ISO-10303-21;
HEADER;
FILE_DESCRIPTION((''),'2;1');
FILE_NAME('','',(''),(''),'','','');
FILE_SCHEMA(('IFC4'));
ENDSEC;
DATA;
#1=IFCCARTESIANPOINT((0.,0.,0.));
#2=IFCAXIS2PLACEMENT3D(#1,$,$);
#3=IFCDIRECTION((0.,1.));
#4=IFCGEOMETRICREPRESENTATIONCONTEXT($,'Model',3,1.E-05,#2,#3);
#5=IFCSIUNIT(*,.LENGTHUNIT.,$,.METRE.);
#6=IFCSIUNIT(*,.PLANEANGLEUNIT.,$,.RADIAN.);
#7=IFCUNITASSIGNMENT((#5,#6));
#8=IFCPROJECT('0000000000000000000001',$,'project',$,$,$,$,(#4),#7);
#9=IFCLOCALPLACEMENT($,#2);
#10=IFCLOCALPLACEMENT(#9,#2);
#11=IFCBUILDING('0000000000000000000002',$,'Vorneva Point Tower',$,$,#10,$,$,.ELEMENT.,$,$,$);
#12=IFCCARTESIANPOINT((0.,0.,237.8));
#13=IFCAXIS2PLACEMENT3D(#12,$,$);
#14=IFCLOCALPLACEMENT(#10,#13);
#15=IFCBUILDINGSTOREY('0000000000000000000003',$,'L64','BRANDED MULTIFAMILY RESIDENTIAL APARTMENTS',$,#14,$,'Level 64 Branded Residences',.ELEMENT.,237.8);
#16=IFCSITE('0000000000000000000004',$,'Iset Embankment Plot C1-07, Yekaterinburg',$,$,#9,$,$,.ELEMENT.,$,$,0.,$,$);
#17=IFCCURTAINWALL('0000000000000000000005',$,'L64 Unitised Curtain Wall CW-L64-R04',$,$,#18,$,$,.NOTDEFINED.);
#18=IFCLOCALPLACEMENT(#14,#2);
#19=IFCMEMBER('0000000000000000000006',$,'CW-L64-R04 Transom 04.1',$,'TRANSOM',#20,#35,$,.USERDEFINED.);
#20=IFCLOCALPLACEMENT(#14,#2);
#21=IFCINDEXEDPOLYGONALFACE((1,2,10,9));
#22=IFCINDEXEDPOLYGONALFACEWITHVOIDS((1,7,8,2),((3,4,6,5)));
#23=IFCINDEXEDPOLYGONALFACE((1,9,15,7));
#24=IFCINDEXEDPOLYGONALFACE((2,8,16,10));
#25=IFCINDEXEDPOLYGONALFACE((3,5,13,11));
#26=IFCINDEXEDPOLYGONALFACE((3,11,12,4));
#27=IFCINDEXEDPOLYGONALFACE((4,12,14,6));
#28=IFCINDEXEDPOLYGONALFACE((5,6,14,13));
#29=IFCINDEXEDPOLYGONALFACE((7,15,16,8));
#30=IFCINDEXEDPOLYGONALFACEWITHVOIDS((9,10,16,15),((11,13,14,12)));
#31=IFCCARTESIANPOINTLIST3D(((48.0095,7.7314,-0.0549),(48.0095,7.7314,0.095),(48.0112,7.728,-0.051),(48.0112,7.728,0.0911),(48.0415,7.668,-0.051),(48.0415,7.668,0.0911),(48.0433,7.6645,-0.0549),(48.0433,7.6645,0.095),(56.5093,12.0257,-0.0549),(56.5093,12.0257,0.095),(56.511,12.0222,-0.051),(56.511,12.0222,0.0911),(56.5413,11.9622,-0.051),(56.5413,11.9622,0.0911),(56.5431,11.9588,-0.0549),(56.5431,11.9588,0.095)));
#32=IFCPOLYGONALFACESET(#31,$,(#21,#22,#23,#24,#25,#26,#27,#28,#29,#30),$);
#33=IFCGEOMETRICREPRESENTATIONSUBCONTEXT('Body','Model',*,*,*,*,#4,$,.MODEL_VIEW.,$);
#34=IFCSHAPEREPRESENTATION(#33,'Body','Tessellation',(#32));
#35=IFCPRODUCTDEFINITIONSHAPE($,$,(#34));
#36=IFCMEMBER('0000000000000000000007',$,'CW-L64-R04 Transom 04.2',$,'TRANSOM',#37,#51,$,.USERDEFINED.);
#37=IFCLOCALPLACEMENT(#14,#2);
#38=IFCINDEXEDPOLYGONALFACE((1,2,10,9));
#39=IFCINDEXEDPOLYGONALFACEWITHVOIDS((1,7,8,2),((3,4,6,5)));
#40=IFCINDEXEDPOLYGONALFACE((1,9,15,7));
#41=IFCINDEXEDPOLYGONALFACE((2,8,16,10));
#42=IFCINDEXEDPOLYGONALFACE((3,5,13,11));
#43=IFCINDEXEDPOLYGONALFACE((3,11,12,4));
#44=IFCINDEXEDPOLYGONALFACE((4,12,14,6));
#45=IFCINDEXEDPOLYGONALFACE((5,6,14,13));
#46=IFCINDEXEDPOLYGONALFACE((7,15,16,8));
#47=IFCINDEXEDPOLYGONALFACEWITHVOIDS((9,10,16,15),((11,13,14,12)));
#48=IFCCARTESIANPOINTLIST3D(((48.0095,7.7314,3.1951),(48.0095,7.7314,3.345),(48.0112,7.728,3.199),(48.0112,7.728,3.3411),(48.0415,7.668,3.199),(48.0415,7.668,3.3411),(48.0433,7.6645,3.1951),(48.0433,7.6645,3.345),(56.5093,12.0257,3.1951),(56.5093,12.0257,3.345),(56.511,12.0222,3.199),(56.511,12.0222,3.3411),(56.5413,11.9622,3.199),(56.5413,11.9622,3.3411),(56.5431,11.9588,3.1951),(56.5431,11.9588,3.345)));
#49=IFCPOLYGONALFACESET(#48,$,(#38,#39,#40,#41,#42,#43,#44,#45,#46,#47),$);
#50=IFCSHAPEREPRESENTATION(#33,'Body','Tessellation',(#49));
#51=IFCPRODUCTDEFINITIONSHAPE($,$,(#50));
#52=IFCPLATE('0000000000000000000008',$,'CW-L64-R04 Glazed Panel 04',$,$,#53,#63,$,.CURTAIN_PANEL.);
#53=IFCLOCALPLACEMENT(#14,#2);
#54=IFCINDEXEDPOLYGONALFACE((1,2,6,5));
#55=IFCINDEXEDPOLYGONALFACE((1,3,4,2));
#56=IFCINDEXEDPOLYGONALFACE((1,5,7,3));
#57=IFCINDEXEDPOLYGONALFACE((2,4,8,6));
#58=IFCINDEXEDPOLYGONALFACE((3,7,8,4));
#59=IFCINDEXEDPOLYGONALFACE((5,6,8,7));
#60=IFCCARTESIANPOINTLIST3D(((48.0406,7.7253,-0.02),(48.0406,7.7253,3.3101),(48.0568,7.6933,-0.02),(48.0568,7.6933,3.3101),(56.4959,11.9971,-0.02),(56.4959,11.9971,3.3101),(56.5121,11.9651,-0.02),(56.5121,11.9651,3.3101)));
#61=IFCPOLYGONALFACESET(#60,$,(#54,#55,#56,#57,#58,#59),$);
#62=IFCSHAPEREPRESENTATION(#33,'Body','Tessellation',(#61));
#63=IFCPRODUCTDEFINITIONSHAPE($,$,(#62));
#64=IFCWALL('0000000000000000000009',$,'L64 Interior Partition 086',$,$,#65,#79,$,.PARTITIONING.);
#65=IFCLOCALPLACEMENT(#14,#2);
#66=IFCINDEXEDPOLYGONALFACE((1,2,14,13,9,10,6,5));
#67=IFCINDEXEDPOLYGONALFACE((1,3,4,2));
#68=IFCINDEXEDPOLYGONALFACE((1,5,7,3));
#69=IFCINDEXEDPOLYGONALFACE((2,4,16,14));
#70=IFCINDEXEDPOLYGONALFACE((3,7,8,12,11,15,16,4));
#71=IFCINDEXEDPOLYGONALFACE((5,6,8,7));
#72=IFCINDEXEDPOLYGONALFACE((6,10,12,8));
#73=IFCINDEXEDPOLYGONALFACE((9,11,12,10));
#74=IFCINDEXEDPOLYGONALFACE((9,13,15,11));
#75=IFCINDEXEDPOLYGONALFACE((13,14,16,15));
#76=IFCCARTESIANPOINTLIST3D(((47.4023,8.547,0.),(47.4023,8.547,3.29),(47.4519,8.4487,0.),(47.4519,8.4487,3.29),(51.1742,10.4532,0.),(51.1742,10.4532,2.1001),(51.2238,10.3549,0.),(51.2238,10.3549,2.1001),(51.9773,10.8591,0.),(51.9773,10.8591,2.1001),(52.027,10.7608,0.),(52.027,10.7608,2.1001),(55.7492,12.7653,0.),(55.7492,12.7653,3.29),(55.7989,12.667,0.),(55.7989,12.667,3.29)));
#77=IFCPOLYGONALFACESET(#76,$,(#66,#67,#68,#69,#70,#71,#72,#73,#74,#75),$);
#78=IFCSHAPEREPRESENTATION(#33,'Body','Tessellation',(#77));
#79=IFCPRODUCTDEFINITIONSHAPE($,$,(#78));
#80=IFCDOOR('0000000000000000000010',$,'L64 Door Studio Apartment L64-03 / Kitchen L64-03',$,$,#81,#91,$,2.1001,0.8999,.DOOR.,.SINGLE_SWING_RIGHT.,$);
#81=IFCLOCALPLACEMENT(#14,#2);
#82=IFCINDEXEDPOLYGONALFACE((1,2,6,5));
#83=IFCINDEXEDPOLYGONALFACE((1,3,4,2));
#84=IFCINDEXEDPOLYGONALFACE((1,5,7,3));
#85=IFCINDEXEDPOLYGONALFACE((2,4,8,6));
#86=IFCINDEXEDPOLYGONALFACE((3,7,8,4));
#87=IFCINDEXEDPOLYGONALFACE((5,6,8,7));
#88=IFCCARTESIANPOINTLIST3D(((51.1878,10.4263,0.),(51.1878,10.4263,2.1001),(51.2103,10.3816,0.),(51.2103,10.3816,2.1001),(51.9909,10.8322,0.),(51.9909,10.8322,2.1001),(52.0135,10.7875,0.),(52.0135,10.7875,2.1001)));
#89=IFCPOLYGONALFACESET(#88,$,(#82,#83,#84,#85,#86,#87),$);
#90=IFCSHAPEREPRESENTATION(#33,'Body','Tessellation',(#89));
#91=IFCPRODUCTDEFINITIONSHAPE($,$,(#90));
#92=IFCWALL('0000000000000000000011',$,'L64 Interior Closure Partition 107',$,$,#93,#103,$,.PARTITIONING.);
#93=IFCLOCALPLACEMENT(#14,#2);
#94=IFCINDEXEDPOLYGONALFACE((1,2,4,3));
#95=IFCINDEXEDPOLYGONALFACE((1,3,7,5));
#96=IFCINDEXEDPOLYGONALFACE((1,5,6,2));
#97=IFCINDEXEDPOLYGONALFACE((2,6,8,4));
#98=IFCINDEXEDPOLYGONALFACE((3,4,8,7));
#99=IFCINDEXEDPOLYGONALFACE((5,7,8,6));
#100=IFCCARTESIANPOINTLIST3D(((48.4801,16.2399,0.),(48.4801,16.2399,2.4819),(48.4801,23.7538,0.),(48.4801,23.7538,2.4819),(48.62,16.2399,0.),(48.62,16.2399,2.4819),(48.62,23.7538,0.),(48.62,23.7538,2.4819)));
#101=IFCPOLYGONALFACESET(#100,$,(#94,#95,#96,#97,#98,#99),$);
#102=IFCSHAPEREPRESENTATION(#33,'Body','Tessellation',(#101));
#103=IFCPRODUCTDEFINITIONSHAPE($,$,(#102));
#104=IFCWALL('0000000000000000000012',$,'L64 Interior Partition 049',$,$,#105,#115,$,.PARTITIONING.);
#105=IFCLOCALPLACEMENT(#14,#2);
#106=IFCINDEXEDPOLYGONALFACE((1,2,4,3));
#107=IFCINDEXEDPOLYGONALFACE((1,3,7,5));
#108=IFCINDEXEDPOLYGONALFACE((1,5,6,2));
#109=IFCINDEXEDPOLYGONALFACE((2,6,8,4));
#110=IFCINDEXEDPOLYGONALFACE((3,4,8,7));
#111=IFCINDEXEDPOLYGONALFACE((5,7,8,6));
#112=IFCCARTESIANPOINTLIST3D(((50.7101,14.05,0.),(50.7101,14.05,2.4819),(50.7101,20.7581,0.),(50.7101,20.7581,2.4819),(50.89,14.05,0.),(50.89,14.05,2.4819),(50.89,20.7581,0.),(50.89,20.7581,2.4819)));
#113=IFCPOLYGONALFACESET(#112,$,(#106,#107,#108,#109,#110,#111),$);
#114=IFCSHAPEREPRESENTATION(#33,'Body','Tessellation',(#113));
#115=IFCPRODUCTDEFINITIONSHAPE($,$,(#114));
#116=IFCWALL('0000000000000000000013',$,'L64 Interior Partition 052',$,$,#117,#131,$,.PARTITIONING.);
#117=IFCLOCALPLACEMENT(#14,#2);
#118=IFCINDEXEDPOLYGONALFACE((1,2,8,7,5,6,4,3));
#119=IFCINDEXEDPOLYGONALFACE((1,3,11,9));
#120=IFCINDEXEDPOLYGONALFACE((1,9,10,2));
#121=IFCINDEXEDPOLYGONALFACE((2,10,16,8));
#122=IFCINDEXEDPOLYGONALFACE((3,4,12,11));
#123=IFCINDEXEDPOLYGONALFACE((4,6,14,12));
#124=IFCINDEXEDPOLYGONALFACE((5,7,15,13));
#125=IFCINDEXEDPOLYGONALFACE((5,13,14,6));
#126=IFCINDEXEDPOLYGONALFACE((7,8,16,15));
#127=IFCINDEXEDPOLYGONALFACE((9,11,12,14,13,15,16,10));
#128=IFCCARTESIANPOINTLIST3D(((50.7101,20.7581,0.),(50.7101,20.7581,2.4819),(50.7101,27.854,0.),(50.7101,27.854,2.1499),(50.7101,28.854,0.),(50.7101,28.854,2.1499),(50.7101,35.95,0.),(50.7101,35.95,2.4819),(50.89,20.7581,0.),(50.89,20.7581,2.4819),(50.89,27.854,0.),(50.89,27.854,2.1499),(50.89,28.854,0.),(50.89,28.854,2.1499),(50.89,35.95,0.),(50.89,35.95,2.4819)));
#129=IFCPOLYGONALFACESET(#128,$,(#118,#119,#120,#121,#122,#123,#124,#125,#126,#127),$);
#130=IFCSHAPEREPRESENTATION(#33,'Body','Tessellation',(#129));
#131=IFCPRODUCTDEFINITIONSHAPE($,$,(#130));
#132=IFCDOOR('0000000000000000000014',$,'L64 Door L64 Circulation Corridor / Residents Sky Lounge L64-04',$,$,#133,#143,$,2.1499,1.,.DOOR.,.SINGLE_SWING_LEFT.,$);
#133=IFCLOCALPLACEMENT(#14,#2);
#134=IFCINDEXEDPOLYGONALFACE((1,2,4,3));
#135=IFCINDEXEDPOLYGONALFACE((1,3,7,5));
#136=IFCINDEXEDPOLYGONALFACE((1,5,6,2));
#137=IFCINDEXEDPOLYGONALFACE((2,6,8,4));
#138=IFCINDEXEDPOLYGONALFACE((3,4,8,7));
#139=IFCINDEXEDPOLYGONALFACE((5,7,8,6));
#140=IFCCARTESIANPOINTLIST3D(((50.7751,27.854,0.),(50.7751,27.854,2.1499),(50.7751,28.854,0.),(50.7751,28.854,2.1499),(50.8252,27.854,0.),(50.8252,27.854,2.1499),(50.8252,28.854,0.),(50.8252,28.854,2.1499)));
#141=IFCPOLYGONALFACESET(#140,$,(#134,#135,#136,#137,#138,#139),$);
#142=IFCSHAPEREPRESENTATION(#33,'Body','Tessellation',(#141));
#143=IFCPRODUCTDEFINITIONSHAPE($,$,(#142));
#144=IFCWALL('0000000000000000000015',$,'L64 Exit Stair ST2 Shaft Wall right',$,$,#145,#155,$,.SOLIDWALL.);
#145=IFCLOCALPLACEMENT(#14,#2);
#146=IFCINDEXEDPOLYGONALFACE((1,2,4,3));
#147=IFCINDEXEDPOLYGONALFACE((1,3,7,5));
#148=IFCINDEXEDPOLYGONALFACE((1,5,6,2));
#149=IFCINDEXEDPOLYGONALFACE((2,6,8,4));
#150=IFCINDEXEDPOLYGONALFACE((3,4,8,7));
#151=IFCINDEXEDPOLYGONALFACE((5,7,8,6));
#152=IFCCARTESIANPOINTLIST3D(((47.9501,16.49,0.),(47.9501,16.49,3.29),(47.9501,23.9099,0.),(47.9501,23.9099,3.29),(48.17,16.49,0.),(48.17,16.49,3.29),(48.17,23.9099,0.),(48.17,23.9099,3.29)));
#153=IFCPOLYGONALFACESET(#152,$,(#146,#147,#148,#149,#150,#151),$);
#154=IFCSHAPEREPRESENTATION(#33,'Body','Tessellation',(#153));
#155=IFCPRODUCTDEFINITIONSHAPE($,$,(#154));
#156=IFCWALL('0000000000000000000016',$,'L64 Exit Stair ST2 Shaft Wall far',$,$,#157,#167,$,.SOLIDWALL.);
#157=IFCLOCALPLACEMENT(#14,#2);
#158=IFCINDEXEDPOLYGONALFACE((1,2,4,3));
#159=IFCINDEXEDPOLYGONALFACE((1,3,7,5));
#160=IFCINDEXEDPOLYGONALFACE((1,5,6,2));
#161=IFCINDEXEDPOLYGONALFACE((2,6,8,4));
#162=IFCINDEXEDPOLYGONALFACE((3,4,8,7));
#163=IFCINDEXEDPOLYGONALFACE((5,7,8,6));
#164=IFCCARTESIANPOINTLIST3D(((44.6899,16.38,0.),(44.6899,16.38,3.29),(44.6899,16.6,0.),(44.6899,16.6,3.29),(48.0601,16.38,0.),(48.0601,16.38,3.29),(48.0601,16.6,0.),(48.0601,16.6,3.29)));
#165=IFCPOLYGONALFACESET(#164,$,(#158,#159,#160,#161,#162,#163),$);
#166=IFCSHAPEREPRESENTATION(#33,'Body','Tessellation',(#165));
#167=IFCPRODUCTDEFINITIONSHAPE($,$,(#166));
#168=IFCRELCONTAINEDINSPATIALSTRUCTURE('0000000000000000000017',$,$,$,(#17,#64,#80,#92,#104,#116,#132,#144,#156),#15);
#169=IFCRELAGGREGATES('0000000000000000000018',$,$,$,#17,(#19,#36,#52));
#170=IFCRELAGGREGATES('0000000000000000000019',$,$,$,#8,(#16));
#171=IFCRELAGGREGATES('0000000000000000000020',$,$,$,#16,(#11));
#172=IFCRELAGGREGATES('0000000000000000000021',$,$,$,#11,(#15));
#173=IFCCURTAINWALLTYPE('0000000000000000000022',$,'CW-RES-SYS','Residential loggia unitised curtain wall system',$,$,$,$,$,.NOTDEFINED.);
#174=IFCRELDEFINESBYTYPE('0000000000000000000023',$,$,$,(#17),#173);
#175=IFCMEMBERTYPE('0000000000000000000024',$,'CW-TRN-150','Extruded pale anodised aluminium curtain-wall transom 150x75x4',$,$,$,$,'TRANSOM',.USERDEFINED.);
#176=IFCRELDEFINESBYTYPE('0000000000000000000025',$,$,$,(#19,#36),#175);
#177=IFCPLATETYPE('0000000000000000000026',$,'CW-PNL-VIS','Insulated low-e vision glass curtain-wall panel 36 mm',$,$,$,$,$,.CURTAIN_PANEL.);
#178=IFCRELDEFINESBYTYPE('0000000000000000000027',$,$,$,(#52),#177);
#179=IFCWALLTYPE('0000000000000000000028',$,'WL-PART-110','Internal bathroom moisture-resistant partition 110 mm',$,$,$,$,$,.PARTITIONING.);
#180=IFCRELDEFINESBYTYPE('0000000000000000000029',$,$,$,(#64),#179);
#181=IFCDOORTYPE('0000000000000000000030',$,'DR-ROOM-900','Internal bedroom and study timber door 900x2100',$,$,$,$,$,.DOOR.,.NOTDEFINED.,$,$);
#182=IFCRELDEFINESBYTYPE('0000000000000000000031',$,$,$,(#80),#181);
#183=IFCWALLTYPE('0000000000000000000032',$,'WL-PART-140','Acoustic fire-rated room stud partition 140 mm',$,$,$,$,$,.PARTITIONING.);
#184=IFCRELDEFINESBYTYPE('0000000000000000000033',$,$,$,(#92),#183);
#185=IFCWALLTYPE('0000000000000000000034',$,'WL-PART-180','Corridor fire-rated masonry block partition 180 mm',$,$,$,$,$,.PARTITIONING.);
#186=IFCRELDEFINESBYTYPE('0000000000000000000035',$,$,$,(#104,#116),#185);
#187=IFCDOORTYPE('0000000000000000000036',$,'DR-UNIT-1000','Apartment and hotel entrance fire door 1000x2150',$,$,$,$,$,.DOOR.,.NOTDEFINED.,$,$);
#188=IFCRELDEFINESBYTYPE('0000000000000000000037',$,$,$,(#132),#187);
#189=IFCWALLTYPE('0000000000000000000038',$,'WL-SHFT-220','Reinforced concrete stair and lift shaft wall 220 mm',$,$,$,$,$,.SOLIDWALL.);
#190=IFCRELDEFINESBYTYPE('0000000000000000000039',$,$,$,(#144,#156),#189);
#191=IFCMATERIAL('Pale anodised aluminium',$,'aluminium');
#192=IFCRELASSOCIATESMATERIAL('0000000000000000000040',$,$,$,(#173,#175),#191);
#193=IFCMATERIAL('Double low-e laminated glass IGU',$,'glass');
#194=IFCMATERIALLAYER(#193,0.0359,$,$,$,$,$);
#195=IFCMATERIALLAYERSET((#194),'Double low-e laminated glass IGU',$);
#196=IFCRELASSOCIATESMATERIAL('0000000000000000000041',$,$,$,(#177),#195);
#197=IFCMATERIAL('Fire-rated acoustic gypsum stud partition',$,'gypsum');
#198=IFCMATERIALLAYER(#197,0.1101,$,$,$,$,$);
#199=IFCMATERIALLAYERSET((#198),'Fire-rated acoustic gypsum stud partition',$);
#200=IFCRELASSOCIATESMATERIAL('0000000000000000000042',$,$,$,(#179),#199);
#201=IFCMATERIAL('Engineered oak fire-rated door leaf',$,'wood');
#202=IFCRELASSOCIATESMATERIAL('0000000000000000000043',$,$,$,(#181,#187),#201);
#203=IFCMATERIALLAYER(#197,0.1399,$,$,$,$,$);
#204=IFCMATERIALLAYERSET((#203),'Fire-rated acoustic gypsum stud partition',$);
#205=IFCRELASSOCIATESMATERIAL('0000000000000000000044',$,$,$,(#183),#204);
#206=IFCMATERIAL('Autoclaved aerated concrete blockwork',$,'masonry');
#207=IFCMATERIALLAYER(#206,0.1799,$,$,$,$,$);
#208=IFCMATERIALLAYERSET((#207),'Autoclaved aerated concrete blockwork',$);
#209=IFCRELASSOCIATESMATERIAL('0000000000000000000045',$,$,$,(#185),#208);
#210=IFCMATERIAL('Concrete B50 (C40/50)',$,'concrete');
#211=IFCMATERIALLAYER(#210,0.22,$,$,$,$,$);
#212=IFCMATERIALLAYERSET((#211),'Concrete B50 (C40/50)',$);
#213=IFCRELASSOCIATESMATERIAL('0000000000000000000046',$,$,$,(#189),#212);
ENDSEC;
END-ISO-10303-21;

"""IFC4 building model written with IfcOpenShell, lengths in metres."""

from ifc_helpers import new_model, si_unit, direction, frame, frame_2d, origin, origin_2d, place, context, subcontext, project, spatial, rectangle, hollow_rectangle, extrude, material, layer, layer_set, material_profile, profile_set, type_object, element, fill, aggregate, save


model = new_model("IFC4")

# Units and contexts
model_context = context("Model", 3, precision=1e-05, world=origin(), true_north=direction((0.0, 1.0)))
body_context = subcontext(model_context, "Body", "Model", "MODEL_VIEW")
ifc_project = project(units=[si_unit("LENGTHUNIT", "METRE"), si_unit("PLANEANGLEUNIT", "RADIAN")], contexts=[model_context])

# Site, building, storey
site_placement = place(None, origin())
site = spatial("IfcSite", under=ifc_project, at=site_placement, Name="Iset Embankment Plot C1-07, Yekaterinburg", CompositionType="ELEMENT", RefElevation=0.0)
building_placement = place(site_placement, origin())
building = spatial("IfcBuilding", under=site, at=building_placement, Name="Vorneva Point Tower", CompositionType="ELEMENT")
storey_placement = place(building_placement, frame((0.0, 0.0, 237.8)))
storey = spatial("IfcBuildingStorey", under=building, at=storey_placement, Name="L64", Description="BRANDED MULTIFAMILY RESIDENTIAL APARTMENTS", LongName="Level 64 Branded Residences", CompositionType="ELEMENT", Elevation=237.8)

# Shared definitions
ifc_material_1 = material(Name="Concrete B50 (C40/50)", Category="concrete")

# Curtain wall, members, plate
ifc_material_2 = material(Name="Pale anodised aluminium", Category="aluminium")
curtain_wall_type = type_object("IfcCurtainWallType", Name="CW-RES-SYS", Description="Residential loggia unitised curtain wall system", PredefinedType="NOTDEFINED", material=ifc_material_2)
curtain_wall_placement = place(storey_placement, origin())
curtain_wall = element("IfcCurtainWall", 1, at=curtain_wall_placement, inside=storey, type_object=curtain_wall_type, Name="L64 Unitised Curtain Wall CW-L64-R04", PredefinedType="NOTDEFINED")
ifc_material_profile_1 = material_profile(ifc_material_2, hollow_rectangle(XDim=0.075, YDim=0.1499, WallThickness=0.0039, at=origin_2d()), Name="AL-TRN 150x75x4")
ifc_profile_set_1 = profile_set([ifc_material_profile_1], Name="Pale anodised aluminium")
member_type_1 = type_object("IfcMemberType", Name="CW-TRN-150", Description="Extruded pale anodised aluminium curtain-wall transom 150x75x4", ElementType="TRANSOM", PredefinedType="USERDEFINED", material=ifc_profile_set_1)
member_1_placement = place(storey_placement, frame((48.0264, 7.698, 0.02), z_axis=(0.892558, 0.450932, 0.0), x_axis=(-0.450932, 0.892558, 0.0)))
member_1 = element("IfcMember", 2, at=member_1_placement, type_object=member_type_1, Name="CW-L64-R04 Transom 04.1", ObjectType="TRANSOM", PredefinedType="USERDEFINED", context=body_context, shape_type="SweptSolid", body=[
    extrude(hollow_rectangle(XDim=0.075, YDim=0.1499, WallThickness=0.0039, at=origin_2d()), origin(), (0.0, 0.0, 1.0), 9.5229),
])
member_2_placement = place(storey_placement, frame((48.0264, 7.698, 3.27), z_axis=(0.892558, 0.450932, 0.0), x_axis=(-0.450932, 0.892558, 0.0)))
member_2 = element("IfcMember", 3, at=member_2_placement, type_object=member_type_1, Name="CW-L64-R04 Transom 04.2", ObjectType="TRANSOM", PredefinedType="USERDEFINED", context=body_context, shape_type="SweptSolid", body=[
    extrude(hollow_rectangle(XDim=0.075, YDim=0.1499, WallThickness=0.0039, at=origin_2d()), origin(), (0.0, 0.0, 1.0), 9.5229),
])
ifc_material_3 = material(Name="Double low-e laminated glass IGU", Category="glass")
ifc_layer_1 = layer(ifc_material_3, 0.0359)
ifc_layer_set_1 = layer_set([ifc_layer_1], Name="Double low-e laminated glass IGU")
plate_type = type_object("IfcPlateType", Name="CW-PNL-VIS", Description="Insulated low-e vision glass curtain-wall panel 36 mm", PredefinedType="CURTAIN_PANEL", material=ifc_layer_set_1)
plate_placement = place(storey_placement, frame((52.2764, 9.8452, -0.02), z_axis=(0.0, 0.0, 1.0), x_axis=(0.892554, 0.45094, 0.0)))
plate = element("IfcPlate", 4, at=plate_placement, type_object=plate_type, Name="CW-L64-R04 Glazed Panel 04", PredefinedType="CURTAIN_PANEL", context=body_context, shape_type="SweptSolid", body=[
    extrude(rectangle(XDim=9.4731, YDim=0.0359, at=origin_2d()), origin(), (0.0, 0.0, 1.0), 3.3301),
])
aggregate(curtain_wall, [member_1, member_2, plate])

# Wall, opening, door
ifc_material_4 = material(Name="Fire-rated acoustic gypsum stud partition", Category="gypsum")
ifc_layer_2 = layer(ifc_material_4, 0.1101)
ifc_layer_set_2 = layer_set([ifc_layer_2], Name="Fire-rated acoustic gypsum stud partition")
wall_type_1 = type_object("IfcWallType", Name="WL-PART-110", Description="Internal bathroom moisture-resistant partition 110 mm", PredefinedType="PARTITIONING", material=ifc_layer_set_2)
wall_1_placement = place(storey_placement, frame((47.427, 8.4978, 0.0), z_axis=(0.0, 0.0, 1.0), x_axis=(0.892503, 0.451042, 0.0)))
wall_1 = element("IfcWall", 5, at=wall_1_placement, inside=storey, type_object=wall_type_1, Name="L64 Interior Partition 086", PredefinedType="PARTITIONING", context=body_context, shape_type="SweptSolid", body=[
    extrude(rectangle(XDim=9.3523, YDim=0.1101, at=frame_2d((4.6763, 0.0))), origin(), (0.0, 0.0, 1.0), 3.29),
])
opening_1_placement = place(wall_1_placement, frame((4.2263, 0.0, 0.0)))
opening_1 = element("IfcOpeningElement", 6, at=opening_1_placement, cuts=wall_1, PredefinedType="OPENING", context=body_context, shape_type="SweptSolid", body=[
    extrude(rectangle(XDim=0.8999, YDim=2.1001, at=frame_2d((0.45, 1.05))), frame((0.0, 0.0698, 0.0), z_axis=(0.0, -1.0, 0.0), x_axis=(1.0, 0.0, 0.0)), (0.0, 0.0, 1.0), 0.1399),
])
ifc_material_5 = material(Name="Engineered oak fire-rated door leaf", Category="wood")
door_type_1 = type_object("IfcDoorType", Name="DR-ROOM-900", Description="Internal bedroom and study timber door 900x2100", OperationType="NOTDEFINED", PredefinedType="DOOR", material=ifc_material_5)
door_1_placement = place(opening_1_placement, origin())
door_1 = element("IfcDoor", 7, at=door_1_placement, inside=storey, type_object=door_type_1, Name="L64 Door Studio Apartment L64-03 / Kitchen L64-03", OperationType="SINGLE_SWING_RIGHT", OverallHeight=2.1001, OverallWidth=0.8999, PredefinedType="DOOR", context=body_context, shape_type="SweptSolid", body=[
    extrude(rectangle(XDim=0.8999, YDim=2.1001, at=frame_2d((0.45, 1.05))), frame((0.0, 0.0249, 0.0), z_axis=(0.0, -1.0, 0.0), x_axis=(1.0, 0.0, 0.0)), (0.0, 0.0, 1.0), 0.05),
])
fill(opening_1, door_1)

# Wall
ifc_layer_3 = layer(ifc_material_4, 0.1399)
ifc_layer_set_3 = layer_set([ifc_layer_3], Name="Fire-rated acoustic gypsum stud partition")
wall_type_2 = type_object("IfcWallType", Name="WL-PART-140", Description="Acoustic fire-rated room stud partition 140 mm", PredefinedType="PARTITIONING", material=ifc_layer_set_3)
wall_2_placement = place(storey_placement, frame((48.55, 16.24, 0.0), z_axis=(0.0, 0.0, 1.0), x_axis=(0.0, 1.0, 0.0)))
element("IfcWall", 8, at=wall_2_placement, inside=storey, type_object=wall_type_2, Name="L64 Interior Closure Partition 107", PredefinedType="PARTITIONING", context=body_context, shape_type="SweptSolid", body=[
    extrude(rectangle(XDim=7.5139, YDim=0.1399, at=frame_2d((3.7568, 0.0))), origin(), (0.0, 0.0, 1.0), 2.4819),
])

# Shared definitions
ifc_material_6 = material(Name="Autoclaved aerated concrete blockwork", Category="masonry")
ifc_layer_4 = layer(ifc_material_6, 0.1799)
ifc_layer_set_4 = layer_set([ifc_layer_4], Name="Autoclaved aerated concrete blockwork")
wall_type_3 = type_object("IfcWallType", Name="WL-PART-180", Description="Corridor fire-rated masonry block partition 180 mm", PredefinedType="PARTITIONING", material=ifc_layer_set_4)

# Wall
wall_3_placement = place(storey_placement, frame((50.8, 14.05, 0.0), z_axis=(0.0, 0.0, 1.0), x_axis=(0.0, 1.0, 0.0)))
element("IfcWall", 9, at=wall_3_placement, inside=storey, type_object=wall_type_3, Name="L64 Interior Partition 049", PredefinedType="PARTITIONING", context=body_context, shape_type="SweptSolid", body=[
    extrude(rectangle(XDim=6.708, YDim=0.1799, at=frame_2d((3.354, 0.0))), origin(), (0.0, 0.0, 1.0), 2.4819),
])

# Wall, opening, door
wall_4_placement = place(storey_placement, frame((50.8, 20.7581, 0.0), z_axis=(0.0, 0.0, 1.0), x_axis=(0.0, 1.0, 0.0)))
wall_4 = element("IfcWall", 10, at=wall_4_placement, inside=storey, type_object=wall_type_3, Name="L64 Interior Partition 052", PredefinedType="PARTITIONING", context=body_context, shape_type="SweptSolid", body=[
    extrude(rectangle(XDim=15.1919, YDim=0.1799, at=frame_2d((7.5959, 0.0))), origin(), (0.0, 0.0, 1.0), 2.4819),
])
opening_2_placement = place(wall_4_placement, frame((7.0959, 0.0, 0.0)))
opening_2 = element("IfcOpeningElement", 11, at=opening_2_placement, cuts=wall_4, PredefinedType="OPENING", context=body_context, shape_type="SweptSolid", body=[
    extrude(rectangle(XDim=1.0, YDim=2.1499, at=frame_2d((0.5, 1.075))), frame((0.0, 0.105, 0.0), z_axis=(0.0, -1.0, 0.0), x_axis=(1.0, 0.0, 0.0)), (0.0, 0.0, 1.0), 0.2097),
])
door_type_2 = type_object("IfcDoorType", Name="DR-UNIT-1000", Description="Apartment and hotel entrance fire door 1000x2150", OperationType="NOTDEFINED", PredefinedType="DOOR", material=ifc_material_5)
door_2_placement = place(opening_2_placement, origin())
door_2 = element("IfcDoor", 12, at=door_2_placement, inside=storey, type_object=door_type_2, Name="L64 Door L64 Circulation Corridor / Residents Sky Lounge L64-04", OperationType="SINGLE_SWING_LEFT", OverallHeight=2.1499, OverallWidth=1.0, PredefinedType="DOOR", context=body_context, shape_type="SweptSolid", body=[
    extrude(rectangle(XDim=1.0, YDim=2.1499, at=frame_2d((0.5, 1.075))), frame((0.0, 0.0249, 0.0), z_axis=(0.0, -1.0, 0.0), x_axis=(1.0, 0.0, 0.0)), (0.0, 0.0, 1.0), 0.05),
])
fill(opening_2, door_2)

# Walls
ifc_layer_5 = layer(ifc_material_1, 0.22)
ifc_layer_set_5 = layer_set([ifc_layer_5], Name="Concrete B50 (C40/50)")
wall_type_4 = type_object("IfcWallType", Name="WL-SHFT-220", Description="Reinforced concrete stair and lift shaft wall 220 mm", PredefinedType="SOLIDWALL", material=ifc_layer_set_5)
wall_5_placement = place(storey_placement, frame((48.0601, 23.9099, 0.0), z_axis=(0.0, 0.0, 1.0), x_axis=(0.0, -1.0, 0.0)))
element("IfcWall", 13, at=wall_5_placement, inside=storey, type_object=wall_type_4, Name="L64 Exit Stair ST2 Shaft Wall right", PredefinedType="SOLIDWALL", context=body_context, shape_type="SweptSolid", body=[
    extrude(rectangle(XDim=7.4199, YDim=0.22, at=frame_2d((3.71, 0.0))), origin(), (0.0, 0.0, 1.0), 3.29),
])
wall_6_placement = place(storey_placement, frame((48.0601, 16.49, 0.0), z_axis=(0.0, 0.0, 1.0), x_axis=(-1.0, 0.0, 0.0)))
element("IfcWall", 14, at=wall_6_placement, inside=storey, type_object=wall_type_4, Name="L64 Exit Stair ST2 Shaft Wall far", PredefinedType="SOLIDWALL", context=body_context, shape_type="SweptSolid", body=[
    extrude(rectangle(XDim=3.3701, YDim=0.22, at=frame_2d((1.6851, 0.0))), origin(), (0.0, 0.0, 1.0), 3.29),
])

save(model, "model.ifc")
